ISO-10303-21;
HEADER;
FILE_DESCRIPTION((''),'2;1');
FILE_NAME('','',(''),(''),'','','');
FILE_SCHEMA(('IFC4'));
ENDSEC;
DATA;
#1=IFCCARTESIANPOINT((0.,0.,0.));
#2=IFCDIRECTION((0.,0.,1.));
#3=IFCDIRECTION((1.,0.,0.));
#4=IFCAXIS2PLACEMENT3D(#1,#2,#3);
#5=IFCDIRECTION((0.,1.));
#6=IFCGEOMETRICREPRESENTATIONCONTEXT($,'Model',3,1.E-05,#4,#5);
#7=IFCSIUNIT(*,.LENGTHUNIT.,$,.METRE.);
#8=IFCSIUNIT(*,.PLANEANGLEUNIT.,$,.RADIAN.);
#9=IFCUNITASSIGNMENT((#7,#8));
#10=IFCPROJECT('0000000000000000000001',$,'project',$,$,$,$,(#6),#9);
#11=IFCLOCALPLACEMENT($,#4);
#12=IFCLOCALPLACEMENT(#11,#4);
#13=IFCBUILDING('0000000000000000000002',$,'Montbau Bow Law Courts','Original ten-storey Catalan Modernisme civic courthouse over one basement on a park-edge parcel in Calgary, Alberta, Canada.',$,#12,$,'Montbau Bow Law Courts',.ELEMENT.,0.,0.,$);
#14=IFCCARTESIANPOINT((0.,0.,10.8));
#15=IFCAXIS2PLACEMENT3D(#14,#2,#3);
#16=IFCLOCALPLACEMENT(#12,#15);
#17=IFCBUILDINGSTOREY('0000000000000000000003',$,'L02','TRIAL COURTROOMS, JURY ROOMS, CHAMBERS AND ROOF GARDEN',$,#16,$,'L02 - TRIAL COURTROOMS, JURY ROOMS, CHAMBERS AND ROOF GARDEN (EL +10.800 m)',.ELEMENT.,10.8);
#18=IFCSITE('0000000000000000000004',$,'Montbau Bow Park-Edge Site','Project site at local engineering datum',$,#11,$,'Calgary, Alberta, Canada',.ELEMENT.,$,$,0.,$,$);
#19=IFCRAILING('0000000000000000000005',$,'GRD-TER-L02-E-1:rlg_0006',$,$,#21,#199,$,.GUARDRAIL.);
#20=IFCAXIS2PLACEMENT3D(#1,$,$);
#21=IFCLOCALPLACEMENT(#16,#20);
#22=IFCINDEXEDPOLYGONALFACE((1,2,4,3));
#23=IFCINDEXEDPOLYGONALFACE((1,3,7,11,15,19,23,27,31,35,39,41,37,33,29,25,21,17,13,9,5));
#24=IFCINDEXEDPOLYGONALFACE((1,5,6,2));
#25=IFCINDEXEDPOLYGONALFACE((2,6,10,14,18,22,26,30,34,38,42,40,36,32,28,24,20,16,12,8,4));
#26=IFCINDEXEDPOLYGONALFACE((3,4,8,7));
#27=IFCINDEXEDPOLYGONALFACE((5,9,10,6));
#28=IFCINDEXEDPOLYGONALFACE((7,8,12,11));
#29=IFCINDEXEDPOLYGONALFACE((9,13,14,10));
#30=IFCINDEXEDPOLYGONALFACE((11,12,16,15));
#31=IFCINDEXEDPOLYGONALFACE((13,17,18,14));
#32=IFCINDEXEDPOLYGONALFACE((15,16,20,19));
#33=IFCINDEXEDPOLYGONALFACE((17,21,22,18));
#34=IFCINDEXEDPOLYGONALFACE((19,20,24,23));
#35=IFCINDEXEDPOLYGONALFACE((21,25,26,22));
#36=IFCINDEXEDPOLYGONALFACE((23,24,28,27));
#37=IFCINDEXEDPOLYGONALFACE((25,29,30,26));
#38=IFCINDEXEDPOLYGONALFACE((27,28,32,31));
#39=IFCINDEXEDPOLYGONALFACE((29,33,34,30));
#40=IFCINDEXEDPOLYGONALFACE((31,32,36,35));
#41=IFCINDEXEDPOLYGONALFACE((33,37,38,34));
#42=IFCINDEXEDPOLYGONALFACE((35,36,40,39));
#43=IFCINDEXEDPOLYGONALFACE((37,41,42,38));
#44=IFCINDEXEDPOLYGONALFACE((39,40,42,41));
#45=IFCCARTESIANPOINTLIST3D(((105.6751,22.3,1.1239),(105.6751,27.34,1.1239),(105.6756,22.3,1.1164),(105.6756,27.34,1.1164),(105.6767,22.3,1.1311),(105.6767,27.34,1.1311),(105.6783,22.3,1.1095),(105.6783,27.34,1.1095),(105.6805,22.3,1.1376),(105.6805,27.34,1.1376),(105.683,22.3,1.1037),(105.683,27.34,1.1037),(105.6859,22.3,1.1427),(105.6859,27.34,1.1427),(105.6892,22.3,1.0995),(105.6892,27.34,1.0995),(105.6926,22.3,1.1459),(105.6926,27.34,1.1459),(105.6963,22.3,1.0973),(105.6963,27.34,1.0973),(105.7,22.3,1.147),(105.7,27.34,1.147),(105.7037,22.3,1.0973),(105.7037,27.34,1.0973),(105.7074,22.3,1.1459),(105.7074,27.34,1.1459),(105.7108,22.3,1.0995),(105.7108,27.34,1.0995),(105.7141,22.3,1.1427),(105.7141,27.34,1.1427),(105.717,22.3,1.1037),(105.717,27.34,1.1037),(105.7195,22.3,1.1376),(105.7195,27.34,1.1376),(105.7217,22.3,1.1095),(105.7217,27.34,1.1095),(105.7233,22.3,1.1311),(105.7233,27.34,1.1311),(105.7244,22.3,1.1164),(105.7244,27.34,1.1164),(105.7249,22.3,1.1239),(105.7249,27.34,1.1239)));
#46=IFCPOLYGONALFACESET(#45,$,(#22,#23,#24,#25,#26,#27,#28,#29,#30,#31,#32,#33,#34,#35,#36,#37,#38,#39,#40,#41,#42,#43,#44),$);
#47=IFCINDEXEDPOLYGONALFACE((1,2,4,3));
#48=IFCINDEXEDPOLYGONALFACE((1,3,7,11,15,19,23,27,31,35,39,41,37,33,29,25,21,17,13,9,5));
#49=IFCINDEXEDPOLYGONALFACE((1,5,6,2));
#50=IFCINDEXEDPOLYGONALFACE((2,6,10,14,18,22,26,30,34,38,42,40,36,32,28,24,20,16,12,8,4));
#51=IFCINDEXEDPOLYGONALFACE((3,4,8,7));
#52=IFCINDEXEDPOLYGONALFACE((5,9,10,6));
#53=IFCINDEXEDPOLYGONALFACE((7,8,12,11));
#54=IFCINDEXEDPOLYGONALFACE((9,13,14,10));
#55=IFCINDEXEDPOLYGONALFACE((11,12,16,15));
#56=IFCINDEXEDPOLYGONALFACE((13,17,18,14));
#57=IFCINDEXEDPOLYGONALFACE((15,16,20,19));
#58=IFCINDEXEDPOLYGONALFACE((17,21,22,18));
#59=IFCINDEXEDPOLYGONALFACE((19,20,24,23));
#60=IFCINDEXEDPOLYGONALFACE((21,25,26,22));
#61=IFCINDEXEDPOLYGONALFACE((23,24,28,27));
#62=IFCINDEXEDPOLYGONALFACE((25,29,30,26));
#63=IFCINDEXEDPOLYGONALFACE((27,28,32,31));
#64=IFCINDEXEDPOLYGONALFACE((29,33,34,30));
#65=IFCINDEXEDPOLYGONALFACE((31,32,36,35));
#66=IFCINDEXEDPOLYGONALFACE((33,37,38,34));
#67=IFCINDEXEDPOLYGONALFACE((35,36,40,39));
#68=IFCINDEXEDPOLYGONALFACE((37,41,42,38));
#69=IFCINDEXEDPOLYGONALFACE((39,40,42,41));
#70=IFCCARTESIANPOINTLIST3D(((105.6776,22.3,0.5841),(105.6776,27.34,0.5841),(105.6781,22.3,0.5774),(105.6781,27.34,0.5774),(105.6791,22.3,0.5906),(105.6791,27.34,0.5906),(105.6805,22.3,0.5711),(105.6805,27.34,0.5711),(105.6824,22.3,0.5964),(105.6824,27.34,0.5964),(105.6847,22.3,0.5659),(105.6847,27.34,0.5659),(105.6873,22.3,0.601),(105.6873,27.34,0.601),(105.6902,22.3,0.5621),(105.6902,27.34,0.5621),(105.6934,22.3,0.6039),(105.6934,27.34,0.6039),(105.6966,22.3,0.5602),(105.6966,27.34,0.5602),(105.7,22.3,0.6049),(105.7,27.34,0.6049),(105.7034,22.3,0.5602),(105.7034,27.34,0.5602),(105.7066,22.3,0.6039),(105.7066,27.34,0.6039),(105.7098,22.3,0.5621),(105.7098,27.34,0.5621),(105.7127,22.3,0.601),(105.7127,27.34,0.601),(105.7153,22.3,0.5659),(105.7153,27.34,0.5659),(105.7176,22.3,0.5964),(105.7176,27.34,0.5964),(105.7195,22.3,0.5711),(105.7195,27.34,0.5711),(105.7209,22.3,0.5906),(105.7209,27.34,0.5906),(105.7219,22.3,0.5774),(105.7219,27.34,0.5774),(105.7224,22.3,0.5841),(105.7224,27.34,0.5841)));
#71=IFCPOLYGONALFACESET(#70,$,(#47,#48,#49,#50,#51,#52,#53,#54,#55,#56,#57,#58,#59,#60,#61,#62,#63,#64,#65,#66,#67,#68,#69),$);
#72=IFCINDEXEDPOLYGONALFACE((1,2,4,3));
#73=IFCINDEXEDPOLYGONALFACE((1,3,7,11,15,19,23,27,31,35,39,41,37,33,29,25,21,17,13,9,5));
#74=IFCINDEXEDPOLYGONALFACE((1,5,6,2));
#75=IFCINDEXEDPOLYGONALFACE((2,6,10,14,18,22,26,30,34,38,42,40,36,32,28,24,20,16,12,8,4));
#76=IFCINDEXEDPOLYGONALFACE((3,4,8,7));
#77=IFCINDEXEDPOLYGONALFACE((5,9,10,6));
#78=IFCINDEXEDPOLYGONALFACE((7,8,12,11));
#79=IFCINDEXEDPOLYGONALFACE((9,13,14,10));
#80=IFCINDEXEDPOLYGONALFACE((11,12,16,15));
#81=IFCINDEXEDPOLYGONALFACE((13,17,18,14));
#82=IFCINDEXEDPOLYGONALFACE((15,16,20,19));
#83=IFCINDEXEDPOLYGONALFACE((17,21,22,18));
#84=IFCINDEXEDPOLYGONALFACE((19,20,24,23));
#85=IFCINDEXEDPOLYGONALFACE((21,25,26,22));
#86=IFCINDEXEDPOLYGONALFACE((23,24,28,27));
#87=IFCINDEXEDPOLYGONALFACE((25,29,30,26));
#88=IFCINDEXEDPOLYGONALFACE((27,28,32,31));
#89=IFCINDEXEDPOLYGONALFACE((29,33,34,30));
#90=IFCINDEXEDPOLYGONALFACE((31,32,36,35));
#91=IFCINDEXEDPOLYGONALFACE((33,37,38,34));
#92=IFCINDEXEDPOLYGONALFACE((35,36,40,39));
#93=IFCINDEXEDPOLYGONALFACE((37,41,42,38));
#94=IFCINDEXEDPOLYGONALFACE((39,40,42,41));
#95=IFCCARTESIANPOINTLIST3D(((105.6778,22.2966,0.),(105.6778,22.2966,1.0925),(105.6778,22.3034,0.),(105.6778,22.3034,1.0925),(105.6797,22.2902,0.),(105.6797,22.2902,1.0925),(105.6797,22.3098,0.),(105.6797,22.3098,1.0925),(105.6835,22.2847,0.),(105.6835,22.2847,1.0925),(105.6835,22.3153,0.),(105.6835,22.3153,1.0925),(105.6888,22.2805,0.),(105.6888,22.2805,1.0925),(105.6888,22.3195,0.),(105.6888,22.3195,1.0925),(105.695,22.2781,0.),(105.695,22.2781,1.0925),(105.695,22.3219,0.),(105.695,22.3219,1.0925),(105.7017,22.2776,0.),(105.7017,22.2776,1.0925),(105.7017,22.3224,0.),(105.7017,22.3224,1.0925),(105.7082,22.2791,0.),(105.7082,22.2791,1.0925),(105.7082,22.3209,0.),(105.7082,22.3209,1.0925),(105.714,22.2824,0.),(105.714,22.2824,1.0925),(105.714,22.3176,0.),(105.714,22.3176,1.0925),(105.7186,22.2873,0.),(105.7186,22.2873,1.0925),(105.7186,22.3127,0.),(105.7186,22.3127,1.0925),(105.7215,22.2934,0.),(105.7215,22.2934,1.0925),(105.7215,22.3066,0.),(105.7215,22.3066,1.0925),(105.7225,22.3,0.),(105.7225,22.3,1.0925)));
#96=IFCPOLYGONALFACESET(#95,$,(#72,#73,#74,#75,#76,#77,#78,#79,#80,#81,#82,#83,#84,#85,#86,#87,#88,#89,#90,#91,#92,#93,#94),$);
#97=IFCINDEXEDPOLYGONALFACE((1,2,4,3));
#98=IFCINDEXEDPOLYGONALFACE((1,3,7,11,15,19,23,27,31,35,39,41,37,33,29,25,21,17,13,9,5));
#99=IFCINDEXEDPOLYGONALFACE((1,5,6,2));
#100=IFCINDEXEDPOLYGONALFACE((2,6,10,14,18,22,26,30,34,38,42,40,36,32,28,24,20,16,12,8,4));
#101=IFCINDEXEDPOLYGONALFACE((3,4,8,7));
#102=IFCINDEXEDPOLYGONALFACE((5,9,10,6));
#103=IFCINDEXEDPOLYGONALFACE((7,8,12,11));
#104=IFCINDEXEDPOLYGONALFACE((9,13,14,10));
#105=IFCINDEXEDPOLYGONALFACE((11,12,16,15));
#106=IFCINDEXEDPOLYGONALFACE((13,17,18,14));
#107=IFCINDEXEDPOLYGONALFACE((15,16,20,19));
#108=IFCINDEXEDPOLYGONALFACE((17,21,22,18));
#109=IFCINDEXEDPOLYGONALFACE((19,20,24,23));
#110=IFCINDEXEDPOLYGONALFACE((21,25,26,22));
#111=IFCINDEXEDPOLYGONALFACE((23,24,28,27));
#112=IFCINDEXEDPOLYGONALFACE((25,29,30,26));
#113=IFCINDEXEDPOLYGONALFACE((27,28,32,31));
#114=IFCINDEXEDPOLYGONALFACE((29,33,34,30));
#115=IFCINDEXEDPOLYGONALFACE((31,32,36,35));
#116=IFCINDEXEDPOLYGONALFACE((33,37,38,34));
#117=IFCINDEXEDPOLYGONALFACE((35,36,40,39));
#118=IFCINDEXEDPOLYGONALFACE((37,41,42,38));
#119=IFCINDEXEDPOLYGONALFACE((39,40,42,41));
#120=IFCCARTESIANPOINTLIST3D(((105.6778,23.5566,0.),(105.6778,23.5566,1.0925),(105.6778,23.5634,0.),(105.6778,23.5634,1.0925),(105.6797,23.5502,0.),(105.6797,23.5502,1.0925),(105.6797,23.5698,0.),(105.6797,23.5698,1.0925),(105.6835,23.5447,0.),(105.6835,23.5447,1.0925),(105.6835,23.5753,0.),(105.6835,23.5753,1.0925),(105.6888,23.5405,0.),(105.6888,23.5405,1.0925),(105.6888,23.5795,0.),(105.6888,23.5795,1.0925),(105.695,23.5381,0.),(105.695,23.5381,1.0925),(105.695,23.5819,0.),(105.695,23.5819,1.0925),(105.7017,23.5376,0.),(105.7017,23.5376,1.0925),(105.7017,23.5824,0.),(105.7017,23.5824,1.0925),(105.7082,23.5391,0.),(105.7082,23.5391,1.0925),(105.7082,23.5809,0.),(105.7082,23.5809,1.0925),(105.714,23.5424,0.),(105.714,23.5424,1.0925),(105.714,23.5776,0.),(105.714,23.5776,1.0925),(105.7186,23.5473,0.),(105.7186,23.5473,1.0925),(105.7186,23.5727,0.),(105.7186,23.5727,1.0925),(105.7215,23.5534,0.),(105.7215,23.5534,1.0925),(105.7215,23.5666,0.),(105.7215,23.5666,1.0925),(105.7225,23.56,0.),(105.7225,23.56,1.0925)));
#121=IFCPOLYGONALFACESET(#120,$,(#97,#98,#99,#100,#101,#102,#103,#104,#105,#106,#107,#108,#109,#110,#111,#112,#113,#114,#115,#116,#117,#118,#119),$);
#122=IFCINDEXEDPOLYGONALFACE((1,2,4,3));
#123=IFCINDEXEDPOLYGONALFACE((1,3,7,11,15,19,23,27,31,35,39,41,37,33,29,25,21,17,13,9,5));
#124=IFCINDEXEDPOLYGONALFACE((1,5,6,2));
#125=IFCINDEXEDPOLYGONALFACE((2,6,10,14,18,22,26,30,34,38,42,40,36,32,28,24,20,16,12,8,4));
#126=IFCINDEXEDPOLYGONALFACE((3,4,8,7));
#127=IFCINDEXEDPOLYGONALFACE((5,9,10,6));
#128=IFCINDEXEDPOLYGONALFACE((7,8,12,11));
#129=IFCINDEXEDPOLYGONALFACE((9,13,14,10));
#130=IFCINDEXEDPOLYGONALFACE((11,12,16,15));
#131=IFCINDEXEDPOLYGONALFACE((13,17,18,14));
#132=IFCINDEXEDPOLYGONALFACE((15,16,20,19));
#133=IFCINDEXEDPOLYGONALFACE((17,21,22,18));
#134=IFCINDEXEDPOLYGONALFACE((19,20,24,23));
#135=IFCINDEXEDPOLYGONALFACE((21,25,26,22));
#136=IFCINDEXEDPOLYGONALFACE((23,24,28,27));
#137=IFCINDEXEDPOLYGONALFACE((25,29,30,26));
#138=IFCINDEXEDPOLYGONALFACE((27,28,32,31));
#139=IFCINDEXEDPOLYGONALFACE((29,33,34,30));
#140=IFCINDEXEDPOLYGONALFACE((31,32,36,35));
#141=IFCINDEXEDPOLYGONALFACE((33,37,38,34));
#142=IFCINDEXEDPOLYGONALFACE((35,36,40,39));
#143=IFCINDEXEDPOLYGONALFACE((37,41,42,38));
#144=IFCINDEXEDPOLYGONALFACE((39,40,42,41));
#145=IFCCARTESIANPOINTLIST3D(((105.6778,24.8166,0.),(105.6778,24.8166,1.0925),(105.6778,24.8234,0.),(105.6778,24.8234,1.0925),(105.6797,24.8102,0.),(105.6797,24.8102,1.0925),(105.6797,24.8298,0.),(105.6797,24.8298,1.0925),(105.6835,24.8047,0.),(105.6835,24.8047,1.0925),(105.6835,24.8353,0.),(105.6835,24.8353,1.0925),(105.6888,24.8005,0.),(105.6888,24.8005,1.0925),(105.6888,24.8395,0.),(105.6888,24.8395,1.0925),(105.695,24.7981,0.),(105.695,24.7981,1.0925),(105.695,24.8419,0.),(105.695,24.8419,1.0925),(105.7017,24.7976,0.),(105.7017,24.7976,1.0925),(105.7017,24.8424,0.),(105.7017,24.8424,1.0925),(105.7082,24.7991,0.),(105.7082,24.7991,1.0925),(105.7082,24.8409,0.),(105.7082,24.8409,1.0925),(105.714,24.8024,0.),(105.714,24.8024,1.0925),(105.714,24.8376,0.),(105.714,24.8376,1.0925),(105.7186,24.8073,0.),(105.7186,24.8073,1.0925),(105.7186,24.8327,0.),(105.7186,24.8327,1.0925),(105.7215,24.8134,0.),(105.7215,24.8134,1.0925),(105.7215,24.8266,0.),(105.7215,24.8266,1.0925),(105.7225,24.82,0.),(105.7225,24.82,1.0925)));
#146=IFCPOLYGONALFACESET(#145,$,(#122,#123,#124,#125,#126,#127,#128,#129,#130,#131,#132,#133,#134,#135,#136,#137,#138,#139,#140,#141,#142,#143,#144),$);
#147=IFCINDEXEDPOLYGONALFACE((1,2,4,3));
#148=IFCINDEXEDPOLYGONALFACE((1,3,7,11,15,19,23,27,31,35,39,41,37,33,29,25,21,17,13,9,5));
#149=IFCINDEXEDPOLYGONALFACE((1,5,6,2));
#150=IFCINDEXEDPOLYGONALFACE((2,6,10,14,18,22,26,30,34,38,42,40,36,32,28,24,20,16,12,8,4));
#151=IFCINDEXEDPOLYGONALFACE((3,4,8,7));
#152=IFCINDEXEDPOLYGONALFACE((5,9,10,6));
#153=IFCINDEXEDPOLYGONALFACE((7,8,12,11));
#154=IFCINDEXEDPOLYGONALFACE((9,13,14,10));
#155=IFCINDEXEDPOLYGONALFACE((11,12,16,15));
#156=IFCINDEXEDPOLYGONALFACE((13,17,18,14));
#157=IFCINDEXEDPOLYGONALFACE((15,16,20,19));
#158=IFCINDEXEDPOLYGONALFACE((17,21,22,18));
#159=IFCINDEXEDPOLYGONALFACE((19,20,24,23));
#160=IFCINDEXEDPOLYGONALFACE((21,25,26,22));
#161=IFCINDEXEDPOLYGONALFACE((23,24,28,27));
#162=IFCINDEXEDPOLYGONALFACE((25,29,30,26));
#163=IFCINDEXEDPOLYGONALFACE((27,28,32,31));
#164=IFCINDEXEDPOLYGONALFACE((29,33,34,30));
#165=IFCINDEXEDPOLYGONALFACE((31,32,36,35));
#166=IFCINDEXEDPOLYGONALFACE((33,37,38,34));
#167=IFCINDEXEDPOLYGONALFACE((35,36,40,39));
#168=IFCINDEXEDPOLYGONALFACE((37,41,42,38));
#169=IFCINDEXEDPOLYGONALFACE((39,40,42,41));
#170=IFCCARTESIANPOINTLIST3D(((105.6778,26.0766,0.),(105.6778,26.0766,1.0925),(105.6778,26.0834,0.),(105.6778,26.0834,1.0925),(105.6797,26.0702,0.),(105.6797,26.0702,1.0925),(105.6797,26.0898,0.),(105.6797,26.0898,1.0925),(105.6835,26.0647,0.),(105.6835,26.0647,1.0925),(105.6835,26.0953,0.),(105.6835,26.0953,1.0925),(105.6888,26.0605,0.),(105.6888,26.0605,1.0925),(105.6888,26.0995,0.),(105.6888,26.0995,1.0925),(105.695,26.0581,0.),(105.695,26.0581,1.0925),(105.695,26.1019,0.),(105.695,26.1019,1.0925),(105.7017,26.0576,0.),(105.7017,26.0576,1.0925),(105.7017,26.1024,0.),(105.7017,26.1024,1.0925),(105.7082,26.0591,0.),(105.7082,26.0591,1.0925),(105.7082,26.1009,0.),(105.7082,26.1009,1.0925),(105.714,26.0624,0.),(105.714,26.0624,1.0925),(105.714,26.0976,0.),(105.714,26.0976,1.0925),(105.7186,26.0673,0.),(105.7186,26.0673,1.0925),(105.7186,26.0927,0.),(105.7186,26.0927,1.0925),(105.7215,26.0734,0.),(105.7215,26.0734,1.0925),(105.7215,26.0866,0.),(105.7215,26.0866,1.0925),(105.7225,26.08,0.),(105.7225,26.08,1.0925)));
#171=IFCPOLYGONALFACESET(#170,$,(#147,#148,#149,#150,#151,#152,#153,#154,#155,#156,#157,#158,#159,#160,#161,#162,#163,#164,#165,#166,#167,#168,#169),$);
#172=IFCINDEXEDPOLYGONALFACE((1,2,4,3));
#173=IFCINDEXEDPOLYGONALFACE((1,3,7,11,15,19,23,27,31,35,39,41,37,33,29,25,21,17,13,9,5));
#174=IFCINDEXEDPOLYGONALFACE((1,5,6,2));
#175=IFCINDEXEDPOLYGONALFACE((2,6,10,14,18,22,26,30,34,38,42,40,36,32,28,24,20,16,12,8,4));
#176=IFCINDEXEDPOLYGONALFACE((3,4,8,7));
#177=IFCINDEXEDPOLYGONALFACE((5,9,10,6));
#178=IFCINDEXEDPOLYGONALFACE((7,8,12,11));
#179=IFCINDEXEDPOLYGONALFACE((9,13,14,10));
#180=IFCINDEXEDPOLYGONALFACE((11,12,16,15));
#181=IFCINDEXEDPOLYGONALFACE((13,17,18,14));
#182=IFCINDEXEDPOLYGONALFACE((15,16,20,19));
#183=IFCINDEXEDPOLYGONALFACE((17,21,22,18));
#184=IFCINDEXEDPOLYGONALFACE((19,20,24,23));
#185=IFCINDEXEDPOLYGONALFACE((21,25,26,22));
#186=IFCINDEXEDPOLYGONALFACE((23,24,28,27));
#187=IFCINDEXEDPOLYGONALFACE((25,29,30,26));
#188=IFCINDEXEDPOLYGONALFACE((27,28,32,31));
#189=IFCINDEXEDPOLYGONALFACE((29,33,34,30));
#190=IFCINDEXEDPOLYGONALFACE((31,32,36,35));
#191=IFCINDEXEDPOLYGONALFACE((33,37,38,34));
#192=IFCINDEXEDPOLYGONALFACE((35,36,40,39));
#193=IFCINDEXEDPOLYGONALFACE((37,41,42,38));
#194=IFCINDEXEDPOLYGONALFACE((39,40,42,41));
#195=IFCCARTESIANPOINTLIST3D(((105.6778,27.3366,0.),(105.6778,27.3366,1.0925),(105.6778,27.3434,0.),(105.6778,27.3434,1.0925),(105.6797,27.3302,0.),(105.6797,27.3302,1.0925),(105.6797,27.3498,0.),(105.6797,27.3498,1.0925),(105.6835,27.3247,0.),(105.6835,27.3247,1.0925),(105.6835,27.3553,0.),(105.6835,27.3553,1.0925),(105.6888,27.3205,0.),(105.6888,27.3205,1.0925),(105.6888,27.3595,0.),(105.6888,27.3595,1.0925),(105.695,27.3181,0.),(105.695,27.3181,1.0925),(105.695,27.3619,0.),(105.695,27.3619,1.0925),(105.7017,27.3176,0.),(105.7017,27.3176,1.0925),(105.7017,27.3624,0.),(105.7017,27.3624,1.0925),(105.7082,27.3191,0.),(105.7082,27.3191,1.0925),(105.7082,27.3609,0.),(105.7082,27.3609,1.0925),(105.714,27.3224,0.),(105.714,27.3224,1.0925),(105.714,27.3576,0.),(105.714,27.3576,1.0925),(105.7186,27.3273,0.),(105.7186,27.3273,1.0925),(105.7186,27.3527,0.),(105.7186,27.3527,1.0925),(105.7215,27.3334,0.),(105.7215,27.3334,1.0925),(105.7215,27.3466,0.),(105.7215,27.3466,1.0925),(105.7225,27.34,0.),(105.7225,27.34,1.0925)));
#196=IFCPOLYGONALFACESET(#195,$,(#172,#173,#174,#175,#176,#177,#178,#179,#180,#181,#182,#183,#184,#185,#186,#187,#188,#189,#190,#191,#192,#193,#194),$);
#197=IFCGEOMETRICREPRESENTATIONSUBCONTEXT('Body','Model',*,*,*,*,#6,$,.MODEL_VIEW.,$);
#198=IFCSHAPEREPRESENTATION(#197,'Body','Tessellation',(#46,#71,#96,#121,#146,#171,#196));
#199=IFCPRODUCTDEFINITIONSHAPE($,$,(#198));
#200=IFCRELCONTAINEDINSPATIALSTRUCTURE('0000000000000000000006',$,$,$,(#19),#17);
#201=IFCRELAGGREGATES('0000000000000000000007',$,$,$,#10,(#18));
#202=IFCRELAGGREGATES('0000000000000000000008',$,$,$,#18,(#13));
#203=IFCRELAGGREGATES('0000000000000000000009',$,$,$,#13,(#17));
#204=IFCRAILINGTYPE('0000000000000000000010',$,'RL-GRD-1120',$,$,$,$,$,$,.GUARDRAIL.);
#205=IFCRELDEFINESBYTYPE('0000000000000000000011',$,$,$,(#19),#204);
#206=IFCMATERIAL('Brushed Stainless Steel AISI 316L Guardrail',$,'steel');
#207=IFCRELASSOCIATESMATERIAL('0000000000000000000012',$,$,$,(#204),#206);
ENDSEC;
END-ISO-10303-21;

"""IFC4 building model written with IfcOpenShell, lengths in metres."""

from ifc_helpers import new_model, si_unit, direction, frame, origin_with_axes, origin_2d_with_axis, place, context, subcontext, project, spatial, circle, extrude, material, type_object, element, save


model = new_model("IFC4")

# Units and contexts
model_context = context("Model", 3, precision=1e-05, world=origin_with_axes(), true_north=direction((0.0, 1.0)))
body_context = subcontext(model_context, "Body", "Model", "MODEL_VIEW")
ifc_project = project(units=[si_unit("LENGTHUNIT", "METRE"), si_unit("PLANEANGLEUNIT", "RADIAN")], contexts=[model_context])

# Site, building, storey
site_placement = place(None, origin_with_axes())
site = spatial("IfcSite", under=ifc_project, at=site_placement, Name="Montbau Bow Park-Edge Site", Description="Project site at local engineering datum", LongName="Calgary, Alberta, Canada", CompositionType="ELEMENT", RefElevation=0.0)
building_placement = place(site_placement, origin_with_axes())
building = spatial("IfcBuilding", under=site, at=building_placement, Name="Montbau Bow Law Courts", Description="Original ten-storey Catalan Modernisme civic courthouse over one basement on a park-edge parcel in Calgary, Alberta, Canada.", LongName="Montbau Bow Law Courts", CompositionType="ELEMENT", ElevationOfRefHeight=0.0, ElevationOfTerrain=0.0)
storey_placement = place(building_placement, frame((0.0, 0.0, 10.8), z_axis=(0.0, 0.0, 1.0), x_axis=(1.0, 0.0, 0.0)))
storey = spatial("IfcBuildingStorey", under=building, at=storey_placement, Name="L02", Description="TRIAL COURTROOMS, JURY ROOMS, CHAMBERS AND ROOF GARDEN", LongName="L02 - TRIAL COURTROOMS, JURY ROOMS, CHAMBERS AND ROOF GARDEN (EL +10.800 m)", CompositionType="ELEMENT", Elevation=10.8)

# Railing
ifc_material_1 = material(Name="Brushed Stainless Steel AISI 316L Guardrail", Category="steel")
railing_type_1 = type_object("IfcRailingType", Name="RL-GRD-1120", PredefinedType="GUARDRAIL", material=ifc_material_1)
railing_1_placement = place(None, origin_with_axes())
element("IfcRailing", 1, at=railing_1_placement, inside=storey, type_object=railing_type_1, Name="GRD-TER-L02-E-1:rlg_0006", PredefinedType="GUARDRAIL", context=body_context, shape_type="SweptSolid", body=[
    extrude(circle(Radius=0.025, at=origin_2d_with_axis()), frame((105.7, 22.3, 11.922), z_axis=(0.0, 1.0, 0.0), x_axis=(0.0, 0.0, 1.0)), (0.0, 0.0, 1.0), 5.04),
    extrude(circle(Radius=0.0225, at=origin_2d_with_axis()), frame((105.7, 22.3, 11.3824), z_axis=(0.0, 1.0, 0.0), x_axis=(0.0, 0.0, 1.0)), (0.0, 0.0, 1.0), 5.04),
    extrude(circle(Radius=0.0225, at=origin_2d_with_axis()), frame((105.7, 22.3, 10.8), z_axis=(0.0, 0.0, 1.0), x_axis=(1.0, 0.0, 0.0)), (0.0, 0.0, 1.0), 1.0925),
    extrude(circle(Radius=0.0225, at=origin_2d_with_axis()), frame((105.7, 23.56, 10.8), z_axis=(0.0, 0.0, 1.0), x_axis=(1.0, 0.0, 0.0)), (0.0, 0.0, 1.0), 1.0925),
    extrude(circle(Radius=0.0225, at=origin_2d_with_axis()), frame((105.7, 24.82, 10.8), z_axis=(0.0, 0.0, 1.0), x_axis=(1.0, 0.0, 0.0)), (0.0, 0.0, 1.0), 1.0925),
    extrude(circle(Radius=0.0225, at=origin_2d_with_axis()), frame((105.7, 26.08, 10.8), z_axis=(0.0, 0.0, 1.0), x_axis=(1.0, 0.0, 0.0)), (0.0, 0.0, 1.0), 1.0925),
    extrude(circle(Radius=0.0225, at=origin_2d_with_axis()), frame((105.7, 27.34, 10.8), z_axis=(0.0, 0.0, 1.0), x_axis=(1.0, 0.0, 0.0)), (0.0, 0.0, 1.0), 1.0925),
])

save(model, "model.ifc")
